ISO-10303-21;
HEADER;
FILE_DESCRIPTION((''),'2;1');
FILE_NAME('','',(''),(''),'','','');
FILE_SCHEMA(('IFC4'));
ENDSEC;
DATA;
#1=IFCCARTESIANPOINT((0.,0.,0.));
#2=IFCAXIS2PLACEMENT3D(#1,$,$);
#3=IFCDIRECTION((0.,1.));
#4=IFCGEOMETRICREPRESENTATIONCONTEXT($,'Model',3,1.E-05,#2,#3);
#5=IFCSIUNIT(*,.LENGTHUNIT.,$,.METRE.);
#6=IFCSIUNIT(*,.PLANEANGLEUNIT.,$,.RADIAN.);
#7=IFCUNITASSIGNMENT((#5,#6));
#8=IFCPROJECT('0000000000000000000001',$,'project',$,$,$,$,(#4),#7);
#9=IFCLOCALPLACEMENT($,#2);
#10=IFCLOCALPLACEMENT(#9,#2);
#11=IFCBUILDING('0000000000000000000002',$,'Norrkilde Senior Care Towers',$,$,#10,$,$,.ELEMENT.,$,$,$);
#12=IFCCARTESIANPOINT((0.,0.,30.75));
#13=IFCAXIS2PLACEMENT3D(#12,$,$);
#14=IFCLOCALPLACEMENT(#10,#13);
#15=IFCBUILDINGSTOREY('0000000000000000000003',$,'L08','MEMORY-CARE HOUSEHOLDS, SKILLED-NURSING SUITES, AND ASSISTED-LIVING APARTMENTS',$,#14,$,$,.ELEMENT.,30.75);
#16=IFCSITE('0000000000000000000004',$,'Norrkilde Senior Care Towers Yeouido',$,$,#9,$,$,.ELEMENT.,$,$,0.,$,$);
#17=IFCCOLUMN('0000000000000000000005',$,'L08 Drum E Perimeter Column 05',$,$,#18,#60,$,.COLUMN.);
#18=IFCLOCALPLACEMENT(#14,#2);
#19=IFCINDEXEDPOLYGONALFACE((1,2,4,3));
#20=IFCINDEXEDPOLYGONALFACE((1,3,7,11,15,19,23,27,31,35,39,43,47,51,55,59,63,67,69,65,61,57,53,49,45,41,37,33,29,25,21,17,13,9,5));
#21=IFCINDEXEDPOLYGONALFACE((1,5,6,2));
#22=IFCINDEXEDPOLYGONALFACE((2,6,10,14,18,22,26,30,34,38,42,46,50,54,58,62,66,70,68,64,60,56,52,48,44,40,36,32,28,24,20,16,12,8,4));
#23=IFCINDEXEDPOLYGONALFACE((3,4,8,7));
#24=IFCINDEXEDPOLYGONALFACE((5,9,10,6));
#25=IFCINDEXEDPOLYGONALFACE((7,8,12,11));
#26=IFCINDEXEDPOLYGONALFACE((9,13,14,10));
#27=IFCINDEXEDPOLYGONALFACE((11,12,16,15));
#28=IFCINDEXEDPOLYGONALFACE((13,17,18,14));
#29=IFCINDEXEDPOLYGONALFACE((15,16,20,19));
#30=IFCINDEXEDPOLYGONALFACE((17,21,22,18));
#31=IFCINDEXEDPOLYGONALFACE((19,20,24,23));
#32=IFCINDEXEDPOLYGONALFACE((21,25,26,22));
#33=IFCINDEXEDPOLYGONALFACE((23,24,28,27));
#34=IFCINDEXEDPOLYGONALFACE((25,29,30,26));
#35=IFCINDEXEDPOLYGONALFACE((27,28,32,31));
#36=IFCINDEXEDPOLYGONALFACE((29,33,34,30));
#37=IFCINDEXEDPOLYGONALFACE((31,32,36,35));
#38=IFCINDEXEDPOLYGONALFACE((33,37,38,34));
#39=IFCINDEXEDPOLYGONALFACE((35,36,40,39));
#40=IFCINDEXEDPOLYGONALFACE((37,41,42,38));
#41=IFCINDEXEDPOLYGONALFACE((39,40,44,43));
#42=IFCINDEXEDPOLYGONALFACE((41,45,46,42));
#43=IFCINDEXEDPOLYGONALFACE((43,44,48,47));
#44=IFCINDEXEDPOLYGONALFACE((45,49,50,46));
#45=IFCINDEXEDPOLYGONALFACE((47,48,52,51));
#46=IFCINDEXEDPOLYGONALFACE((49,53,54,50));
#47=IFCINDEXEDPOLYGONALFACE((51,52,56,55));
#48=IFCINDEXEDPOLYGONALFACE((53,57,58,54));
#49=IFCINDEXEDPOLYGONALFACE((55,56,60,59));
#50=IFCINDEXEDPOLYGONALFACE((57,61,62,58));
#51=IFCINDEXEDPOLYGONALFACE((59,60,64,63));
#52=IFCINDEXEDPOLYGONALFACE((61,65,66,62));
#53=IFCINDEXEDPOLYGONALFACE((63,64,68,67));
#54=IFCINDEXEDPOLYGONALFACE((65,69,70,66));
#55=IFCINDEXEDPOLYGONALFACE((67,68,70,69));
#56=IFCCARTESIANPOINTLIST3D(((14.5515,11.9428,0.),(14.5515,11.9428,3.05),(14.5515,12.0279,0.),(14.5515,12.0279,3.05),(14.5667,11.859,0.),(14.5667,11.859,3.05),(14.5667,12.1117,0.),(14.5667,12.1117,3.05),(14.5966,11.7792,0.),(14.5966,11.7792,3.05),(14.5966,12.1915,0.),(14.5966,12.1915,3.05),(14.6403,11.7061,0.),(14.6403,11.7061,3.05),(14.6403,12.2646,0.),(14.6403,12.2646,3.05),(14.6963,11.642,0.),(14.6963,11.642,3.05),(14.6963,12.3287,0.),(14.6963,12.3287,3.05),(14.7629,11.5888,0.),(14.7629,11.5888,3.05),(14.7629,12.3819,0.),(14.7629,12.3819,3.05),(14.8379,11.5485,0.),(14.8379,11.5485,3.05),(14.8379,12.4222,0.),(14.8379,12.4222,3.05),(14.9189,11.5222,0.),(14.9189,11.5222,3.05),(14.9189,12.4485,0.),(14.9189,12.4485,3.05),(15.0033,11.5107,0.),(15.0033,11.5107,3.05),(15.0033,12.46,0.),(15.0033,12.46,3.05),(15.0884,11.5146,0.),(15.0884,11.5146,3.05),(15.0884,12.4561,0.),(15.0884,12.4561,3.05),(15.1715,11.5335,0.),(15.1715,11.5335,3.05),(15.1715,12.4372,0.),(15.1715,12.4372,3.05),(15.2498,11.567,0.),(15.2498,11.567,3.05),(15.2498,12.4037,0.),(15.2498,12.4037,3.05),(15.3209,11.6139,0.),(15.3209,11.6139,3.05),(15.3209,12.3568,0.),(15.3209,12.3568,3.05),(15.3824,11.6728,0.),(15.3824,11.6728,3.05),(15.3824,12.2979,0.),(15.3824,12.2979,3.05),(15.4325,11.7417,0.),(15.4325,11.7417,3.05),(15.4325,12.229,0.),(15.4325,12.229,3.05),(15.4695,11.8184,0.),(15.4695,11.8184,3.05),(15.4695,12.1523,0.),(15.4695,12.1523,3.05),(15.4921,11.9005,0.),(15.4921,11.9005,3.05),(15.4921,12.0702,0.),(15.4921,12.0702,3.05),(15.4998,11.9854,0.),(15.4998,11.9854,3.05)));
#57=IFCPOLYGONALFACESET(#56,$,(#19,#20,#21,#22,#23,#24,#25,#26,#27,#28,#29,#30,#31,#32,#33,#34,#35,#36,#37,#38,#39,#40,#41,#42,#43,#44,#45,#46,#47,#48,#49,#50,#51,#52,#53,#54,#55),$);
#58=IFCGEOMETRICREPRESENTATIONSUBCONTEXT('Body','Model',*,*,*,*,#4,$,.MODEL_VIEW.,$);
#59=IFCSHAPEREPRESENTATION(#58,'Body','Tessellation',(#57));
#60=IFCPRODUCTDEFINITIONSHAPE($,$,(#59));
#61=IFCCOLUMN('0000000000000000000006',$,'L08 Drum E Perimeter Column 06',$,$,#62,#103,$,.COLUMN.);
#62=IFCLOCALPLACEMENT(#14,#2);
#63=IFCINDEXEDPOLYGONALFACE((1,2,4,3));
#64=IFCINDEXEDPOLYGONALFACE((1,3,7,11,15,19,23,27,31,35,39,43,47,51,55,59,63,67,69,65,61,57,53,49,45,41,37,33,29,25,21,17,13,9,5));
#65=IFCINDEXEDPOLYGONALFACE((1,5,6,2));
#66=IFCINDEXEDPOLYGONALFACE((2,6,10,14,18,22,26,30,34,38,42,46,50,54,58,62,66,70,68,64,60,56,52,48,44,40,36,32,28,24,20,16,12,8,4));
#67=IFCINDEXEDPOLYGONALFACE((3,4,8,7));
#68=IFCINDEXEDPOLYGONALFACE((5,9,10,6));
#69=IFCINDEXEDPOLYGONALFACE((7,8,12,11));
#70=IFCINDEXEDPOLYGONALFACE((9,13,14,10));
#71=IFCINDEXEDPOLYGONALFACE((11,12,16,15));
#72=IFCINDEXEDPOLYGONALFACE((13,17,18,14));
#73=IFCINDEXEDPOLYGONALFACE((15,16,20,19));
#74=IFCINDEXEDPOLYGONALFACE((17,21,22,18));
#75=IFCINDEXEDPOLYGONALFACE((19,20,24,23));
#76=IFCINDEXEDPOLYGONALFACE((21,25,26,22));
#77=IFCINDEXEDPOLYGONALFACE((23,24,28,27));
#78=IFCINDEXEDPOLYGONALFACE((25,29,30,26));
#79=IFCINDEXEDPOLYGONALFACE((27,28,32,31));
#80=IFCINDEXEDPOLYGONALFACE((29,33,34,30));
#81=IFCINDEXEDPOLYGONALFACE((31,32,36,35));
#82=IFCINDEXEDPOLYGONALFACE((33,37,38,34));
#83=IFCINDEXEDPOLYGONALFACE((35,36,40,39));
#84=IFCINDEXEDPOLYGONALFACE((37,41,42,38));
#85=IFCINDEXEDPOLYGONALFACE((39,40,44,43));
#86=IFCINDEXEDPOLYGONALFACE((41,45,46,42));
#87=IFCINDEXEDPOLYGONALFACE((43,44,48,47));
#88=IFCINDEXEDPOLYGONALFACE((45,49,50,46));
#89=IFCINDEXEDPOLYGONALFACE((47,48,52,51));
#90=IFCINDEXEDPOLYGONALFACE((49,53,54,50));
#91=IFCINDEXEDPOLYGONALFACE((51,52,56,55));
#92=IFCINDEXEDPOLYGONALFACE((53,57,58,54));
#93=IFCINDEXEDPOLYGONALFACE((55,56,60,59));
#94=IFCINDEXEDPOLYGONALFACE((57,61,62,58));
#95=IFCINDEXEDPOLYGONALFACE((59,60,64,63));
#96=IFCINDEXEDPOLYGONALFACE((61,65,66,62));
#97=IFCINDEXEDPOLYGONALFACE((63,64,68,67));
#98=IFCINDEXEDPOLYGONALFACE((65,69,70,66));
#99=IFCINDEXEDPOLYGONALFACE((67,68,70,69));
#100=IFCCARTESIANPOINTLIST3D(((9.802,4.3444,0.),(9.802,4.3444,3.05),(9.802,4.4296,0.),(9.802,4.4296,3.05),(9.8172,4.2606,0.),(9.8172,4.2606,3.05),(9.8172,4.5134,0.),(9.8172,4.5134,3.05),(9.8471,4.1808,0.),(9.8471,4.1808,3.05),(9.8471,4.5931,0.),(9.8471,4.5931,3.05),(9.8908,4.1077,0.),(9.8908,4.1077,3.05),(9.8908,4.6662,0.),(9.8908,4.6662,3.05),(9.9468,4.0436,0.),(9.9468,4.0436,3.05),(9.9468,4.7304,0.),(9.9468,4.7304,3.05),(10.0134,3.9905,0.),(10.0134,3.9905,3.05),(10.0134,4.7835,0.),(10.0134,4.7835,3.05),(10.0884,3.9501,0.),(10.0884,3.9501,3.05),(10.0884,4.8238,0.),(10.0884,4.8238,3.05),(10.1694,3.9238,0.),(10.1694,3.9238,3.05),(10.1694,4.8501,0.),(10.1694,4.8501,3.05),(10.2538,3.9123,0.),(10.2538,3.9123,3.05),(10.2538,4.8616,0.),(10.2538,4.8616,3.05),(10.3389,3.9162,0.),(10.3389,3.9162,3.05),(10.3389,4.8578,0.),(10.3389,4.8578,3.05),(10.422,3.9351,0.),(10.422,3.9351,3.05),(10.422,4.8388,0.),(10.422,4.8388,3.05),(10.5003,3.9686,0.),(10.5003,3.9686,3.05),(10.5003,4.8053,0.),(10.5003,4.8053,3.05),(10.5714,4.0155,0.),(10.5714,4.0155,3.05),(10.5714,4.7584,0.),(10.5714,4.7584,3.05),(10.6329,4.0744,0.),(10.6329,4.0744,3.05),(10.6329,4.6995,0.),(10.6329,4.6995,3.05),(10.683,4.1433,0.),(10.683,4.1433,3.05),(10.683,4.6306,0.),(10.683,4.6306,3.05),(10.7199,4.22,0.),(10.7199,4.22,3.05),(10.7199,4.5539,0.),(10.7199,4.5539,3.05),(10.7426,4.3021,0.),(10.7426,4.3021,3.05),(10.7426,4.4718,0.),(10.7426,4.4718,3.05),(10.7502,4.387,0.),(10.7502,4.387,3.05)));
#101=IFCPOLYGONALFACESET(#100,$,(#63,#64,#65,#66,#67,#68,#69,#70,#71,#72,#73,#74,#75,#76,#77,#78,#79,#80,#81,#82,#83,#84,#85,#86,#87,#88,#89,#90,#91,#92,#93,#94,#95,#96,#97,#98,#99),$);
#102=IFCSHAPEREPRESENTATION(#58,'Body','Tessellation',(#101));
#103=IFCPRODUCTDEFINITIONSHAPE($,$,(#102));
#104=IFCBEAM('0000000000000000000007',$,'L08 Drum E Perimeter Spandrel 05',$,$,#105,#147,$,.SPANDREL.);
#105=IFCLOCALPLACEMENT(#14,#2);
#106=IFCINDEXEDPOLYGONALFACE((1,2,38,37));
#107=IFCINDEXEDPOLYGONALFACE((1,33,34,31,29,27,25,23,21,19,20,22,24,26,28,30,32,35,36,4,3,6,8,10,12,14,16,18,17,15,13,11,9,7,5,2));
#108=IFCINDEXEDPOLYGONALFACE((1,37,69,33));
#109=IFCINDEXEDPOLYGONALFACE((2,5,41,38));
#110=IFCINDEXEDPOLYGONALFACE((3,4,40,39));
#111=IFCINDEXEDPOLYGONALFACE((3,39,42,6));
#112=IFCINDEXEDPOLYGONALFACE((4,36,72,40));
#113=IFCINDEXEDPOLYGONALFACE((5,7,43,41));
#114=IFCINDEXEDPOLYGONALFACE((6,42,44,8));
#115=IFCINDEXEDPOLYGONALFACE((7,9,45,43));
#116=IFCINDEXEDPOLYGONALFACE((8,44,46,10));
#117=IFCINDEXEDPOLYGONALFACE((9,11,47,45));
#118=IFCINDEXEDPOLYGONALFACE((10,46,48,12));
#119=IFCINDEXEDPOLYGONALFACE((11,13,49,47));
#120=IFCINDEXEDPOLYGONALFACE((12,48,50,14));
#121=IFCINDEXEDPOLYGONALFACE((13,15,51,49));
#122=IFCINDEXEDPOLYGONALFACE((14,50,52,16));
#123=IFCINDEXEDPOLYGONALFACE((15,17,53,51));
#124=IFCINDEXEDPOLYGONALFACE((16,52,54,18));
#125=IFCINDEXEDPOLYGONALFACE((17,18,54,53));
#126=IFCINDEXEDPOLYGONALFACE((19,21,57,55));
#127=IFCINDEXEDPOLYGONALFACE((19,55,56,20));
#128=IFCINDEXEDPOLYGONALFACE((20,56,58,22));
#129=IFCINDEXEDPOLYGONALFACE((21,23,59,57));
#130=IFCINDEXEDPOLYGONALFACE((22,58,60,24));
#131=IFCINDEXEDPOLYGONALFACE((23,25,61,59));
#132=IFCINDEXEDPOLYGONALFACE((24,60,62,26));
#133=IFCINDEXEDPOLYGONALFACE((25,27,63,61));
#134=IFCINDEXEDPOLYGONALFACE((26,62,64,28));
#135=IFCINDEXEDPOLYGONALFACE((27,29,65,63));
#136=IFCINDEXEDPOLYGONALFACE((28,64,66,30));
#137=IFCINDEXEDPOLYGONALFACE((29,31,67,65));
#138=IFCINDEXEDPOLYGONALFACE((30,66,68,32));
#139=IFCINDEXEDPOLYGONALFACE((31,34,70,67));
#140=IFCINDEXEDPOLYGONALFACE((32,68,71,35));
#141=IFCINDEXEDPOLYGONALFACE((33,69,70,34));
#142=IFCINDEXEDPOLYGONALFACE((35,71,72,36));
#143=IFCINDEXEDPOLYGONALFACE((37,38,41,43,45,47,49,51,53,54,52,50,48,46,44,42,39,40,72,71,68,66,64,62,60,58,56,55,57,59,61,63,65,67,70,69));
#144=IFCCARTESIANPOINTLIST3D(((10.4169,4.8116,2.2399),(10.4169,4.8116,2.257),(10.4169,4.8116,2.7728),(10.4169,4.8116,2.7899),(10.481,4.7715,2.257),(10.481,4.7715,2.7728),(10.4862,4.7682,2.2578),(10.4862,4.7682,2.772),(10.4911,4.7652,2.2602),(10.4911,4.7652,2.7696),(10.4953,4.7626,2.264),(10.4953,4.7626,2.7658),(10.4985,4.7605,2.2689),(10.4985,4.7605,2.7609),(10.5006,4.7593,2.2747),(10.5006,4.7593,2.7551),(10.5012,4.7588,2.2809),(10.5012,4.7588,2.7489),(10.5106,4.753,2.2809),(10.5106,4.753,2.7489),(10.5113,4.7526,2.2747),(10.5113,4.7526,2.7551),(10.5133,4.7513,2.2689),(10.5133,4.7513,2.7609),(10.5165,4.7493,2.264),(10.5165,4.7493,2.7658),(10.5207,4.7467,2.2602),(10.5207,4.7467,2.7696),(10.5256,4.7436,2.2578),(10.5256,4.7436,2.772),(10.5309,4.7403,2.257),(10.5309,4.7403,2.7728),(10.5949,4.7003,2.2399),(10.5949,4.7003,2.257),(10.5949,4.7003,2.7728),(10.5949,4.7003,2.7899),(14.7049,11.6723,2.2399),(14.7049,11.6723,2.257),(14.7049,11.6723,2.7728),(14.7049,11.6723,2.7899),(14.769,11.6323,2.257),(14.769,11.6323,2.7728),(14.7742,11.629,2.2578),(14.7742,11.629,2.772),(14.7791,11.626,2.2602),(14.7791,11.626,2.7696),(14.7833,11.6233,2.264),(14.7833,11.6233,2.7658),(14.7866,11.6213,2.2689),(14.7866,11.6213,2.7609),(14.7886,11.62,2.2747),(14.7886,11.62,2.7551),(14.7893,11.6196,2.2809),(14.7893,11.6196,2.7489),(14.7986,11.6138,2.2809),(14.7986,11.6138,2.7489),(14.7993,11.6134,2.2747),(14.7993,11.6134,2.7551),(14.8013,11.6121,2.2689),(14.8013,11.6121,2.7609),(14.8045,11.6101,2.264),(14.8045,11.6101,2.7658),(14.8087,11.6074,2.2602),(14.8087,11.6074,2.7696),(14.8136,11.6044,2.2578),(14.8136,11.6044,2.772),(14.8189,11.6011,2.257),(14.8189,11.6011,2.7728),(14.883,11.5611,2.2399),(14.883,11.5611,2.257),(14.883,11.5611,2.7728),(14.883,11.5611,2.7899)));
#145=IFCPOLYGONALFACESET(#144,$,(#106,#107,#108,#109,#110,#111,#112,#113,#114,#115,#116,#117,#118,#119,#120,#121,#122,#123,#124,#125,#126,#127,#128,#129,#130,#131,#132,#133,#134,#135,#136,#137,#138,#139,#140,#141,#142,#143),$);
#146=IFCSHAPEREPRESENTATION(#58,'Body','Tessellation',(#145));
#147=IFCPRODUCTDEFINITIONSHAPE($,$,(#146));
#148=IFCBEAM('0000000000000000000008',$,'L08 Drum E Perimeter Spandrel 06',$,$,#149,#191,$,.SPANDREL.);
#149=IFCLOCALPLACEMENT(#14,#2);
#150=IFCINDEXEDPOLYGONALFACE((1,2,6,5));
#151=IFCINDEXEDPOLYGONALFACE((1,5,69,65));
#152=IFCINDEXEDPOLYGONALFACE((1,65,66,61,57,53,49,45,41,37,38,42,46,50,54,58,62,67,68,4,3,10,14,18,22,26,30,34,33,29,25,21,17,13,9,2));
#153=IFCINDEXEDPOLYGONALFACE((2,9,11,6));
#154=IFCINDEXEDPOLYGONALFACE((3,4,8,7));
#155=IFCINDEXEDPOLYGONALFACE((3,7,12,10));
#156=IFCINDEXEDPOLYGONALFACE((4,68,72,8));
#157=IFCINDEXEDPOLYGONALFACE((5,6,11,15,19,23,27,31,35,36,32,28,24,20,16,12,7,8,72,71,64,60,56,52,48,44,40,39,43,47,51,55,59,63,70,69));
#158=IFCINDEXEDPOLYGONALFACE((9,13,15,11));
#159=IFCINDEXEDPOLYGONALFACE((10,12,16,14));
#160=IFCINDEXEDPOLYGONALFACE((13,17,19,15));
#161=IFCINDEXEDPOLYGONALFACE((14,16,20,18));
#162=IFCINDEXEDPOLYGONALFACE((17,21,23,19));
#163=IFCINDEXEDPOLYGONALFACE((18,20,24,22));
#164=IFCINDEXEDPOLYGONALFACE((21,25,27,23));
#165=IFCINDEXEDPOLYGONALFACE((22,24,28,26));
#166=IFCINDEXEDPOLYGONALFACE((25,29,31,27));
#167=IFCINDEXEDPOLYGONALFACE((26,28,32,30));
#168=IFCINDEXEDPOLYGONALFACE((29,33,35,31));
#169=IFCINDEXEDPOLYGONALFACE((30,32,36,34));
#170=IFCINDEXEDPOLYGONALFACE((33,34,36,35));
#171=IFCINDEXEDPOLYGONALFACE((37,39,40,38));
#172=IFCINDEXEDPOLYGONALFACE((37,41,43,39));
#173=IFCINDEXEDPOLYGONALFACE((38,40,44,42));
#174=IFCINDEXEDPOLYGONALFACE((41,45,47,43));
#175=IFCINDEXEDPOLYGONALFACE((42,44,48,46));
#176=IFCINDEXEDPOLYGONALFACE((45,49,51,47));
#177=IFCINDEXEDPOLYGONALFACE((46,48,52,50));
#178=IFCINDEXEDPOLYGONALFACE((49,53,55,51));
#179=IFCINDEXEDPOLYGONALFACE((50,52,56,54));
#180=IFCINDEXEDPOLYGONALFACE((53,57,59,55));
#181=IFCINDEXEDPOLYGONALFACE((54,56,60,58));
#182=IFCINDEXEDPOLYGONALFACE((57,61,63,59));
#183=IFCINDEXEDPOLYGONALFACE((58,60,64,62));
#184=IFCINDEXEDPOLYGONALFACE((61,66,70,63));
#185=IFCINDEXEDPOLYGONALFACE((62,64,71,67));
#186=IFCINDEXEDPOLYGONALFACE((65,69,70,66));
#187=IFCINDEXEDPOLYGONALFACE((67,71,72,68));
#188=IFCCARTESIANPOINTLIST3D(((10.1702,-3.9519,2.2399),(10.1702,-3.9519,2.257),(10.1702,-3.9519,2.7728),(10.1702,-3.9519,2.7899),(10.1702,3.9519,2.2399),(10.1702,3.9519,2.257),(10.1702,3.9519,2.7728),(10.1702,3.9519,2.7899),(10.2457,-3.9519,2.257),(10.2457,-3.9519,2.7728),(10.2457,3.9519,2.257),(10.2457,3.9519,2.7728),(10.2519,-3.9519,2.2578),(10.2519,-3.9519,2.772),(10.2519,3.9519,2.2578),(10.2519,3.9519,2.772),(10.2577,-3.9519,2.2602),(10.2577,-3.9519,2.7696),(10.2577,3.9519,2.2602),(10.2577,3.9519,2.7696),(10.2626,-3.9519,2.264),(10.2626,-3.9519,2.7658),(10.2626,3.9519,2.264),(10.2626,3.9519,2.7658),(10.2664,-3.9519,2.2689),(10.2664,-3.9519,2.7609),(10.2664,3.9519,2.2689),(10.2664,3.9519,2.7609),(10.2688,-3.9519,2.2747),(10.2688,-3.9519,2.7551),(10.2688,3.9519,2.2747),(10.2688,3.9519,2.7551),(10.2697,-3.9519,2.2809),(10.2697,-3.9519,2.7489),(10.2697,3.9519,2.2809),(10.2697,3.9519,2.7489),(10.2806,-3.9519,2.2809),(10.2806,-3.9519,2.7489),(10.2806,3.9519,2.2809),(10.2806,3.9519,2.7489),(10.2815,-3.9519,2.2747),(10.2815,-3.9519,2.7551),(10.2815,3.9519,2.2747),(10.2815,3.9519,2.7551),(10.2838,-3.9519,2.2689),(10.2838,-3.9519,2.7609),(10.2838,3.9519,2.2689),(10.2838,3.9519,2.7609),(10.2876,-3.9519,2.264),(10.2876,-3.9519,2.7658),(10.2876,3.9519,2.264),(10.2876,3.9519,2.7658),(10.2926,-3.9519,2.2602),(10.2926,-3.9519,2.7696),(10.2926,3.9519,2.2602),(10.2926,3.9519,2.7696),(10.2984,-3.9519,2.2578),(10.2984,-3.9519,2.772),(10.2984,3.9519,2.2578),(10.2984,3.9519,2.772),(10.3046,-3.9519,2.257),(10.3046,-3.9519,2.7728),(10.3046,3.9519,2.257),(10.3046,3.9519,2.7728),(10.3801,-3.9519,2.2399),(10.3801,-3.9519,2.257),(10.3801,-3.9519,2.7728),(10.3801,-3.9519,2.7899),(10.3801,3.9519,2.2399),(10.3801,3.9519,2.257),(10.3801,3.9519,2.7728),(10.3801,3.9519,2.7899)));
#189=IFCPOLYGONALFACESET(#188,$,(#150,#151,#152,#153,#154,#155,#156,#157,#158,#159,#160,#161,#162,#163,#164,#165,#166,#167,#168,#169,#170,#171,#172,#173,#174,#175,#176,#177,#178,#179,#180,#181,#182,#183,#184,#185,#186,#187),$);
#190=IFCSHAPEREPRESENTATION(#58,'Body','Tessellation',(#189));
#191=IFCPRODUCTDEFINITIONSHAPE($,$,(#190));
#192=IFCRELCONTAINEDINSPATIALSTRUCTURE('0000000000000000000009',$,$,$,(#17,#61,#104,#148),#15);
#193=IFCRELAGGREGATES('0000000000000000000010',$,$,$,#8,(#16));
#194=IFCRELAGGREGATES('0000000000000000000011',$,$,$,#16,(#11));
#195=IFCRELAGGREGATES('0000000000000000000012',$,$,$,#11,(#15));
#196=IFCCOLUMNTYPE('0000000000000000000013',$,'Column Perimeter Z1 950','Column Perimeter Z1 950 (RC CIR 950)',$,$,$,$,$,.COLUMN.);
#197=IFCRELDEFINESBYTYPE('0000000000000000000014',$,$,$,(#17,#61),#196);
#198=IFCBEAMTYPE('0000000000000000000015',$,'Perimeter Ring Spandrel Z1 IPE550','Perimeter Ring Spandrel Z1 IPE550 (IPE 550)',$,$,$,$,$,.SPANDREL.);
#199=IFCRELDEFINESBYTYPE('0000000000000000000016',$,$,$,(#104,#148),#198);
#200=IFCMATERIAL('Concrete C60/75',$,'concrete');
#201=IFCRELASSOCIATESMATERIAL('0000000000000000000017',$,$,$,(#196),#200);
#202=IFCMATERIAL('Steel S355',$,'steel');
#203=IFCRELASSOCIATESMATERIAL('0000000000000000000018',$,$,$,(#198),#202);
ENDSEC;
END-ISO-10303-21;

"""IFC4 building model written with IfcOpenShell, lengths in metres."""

from ifc_helpers import new_model, si_unit, direction, frame, origin, origin_2d, place, context, subcontext, project, spatial, circle, i_section, extrude, source, transform, mapped, material, material_profile, profile_set, type_object, type_shapes, element, save


model = new_model("IFC4")

# Units and contexts
model_context = context("Model", 3, precision=1e-05, world=origin(), true_north=direction((0.0, 1.0)))
body_context = subcontext(model_context, "Body", "Model", "MODEL_VIEW")
ifc_project = project(units=[si_unit("LENGTHUNIT", "METRE"), si_unit("PLANEANGLEUNIT", "RADIAN")], contexts=[model_context])

# Site, building, storey
site_placement = place(None, origin())
site = spatial("IfcSite", under=ifc_project, at=site_placement, Name="Norrkilde Senior Care Towers Yeouido", CompositionType="ELEMENT", RefElevation=0.0)
building_placement = place(site_placement, origin())
building = spatial("IfcBuilding", under=site, at=building_placement, Name="Norrkilde Senior Care Towers", CompositionType="ELEMENT")
storey_placement = place(building_placement, frame((0.0, 0.0, 30.75)))
storey = spatial("IfcBuildingStorey", under=building, at=storey_placement, Name="L08", Description="MEMORY-CARE HOUSEHOLDS, SKILLED-NURSING SUITES, AND ASSISTED-LIVING APARTMENTS", CompositionType="ELEMENT", Elevation=30.75)

# Columns
ifc_material_1 = material(Name="Concrete C60/75", Category="concrete")
ifc_material_profile_1 = material_profile(ifc_material_1, circle(Radius=0.4751, at=origin_2d()), Name="RC CIR 950")
ifc_profile_set_1 = profile_set([ifc_material_profile_1], Name="Concrete C60/75")
column_type = type_object("IfcColumnType", Name="Column Perimeter Z1 950", Description="Column Perimeter Z1 950 (RC CIR 950)", PredefinedType="COLUMN", material=ifc_profile_set_1)
shared_shape_1 = source(origin(), body_context, "Body", "SweptSolid", [
    extrude(circle(Radius=0.4751, at=origin_2d()), origin(), (0.0, 0.0, 1.0), 3.05),
])
type_shapes(column_type, [shared_shape_1])
for number, where, z_axis, x_axis, name in (
    (1, (15.0247, 11.9854, 0.0), (0.0, 0.0, 1.0), (1.0, 0.0, 0.0), "L08 Drum E Perimeter Column 05"),
    (2, (10.2751, 4.387, 0.0), (0.0, 0.0, 1.0), (1.0, 0.0, 0.0), "L08 Drum E Perimeter Column 06"),
):
    element("IfcColumn", number, at=place(storey_placement, frame(where, z_axis=z_axis, x_axis=x_axis)), inside=storey, type_object=column_type, Name=name, PredefinedType="COLUMN", context=body_context, shape_type="MappedRepresentation", body=[
        mapped(shared_shape_1, transform((0.0, 0.0, 0.0), x_axis=(1.0, 0.0, 0.0), y_axis=(0.0, 1.0, 0.0), z_axis=(0.0, 0.0, 1.0), scale=1.0)),
    ])

# Beams
ifc_material_2 = material(Name="Steel S355", Category="steel")
ifc_material_profile_2 = material_profile(ifc_material_2, i_section(OverallWidth=0.21, OverallDepth=0.55, WebThickness=0.011, FlangeThickness=0.0171, FilletRadius=0.0239, at=origin_2d()), Name="IPE 550")
ifc_profile_set_2 = profile_set([ifc_material_profile_2], Name="Steel S355")
beam_type = type_object("IfcBeamType", Name="Perimeter Ring Spandrel Z1 IPE550", Description="Perimeter Ring Spandrel Z1 IPE550 (IPE 550)", PredefinedType="SPANDREL", material=ifc_profile_set_2)
shared_shape_2 = source(origin(), body_context, "Body", "SweptSolid", [
    extrude(i_section(OverallWidth=0.21, OverallDepth=0.55, WebThickness=0.011, FlangeThickness=0.0171, FilletRadius=0.0239, at=origin_2d()), origin(), (0.0, 0.0, 1.0), 8.0906),
])
beam_1_placement = place(storey_placement, frame((14.7939, 11.6167, 2.5149), z_axis=(-0.530004, -0.847995, 0.0), x_axis=(0.847995, -0.530004, 0.0)))
element("IfcBeam", 3, at=beam_1_placement, inside=storey, type_object=beam_type, Name="L08 Drum E Perimeter Spandrel 05", PredefinedType="SPANDREL", context=body_context, shape_type="MappedRepresentation", body=[
    mapped(shared_shape_2, transform((0.0, 0.0, 0.0), x_axis=(1.0, 0.0, 0.0), y_axis=(0.0, 1.0, 0.0), z_axis=(0.0, 0.0, 1.0), scale=1.0)),
])
shared_shape_3 = source(origin(), body_context, "Body", "SweptSolid", [
    extrude(i_section(OverallWidth=0.21, OverallDepth=0.55, WebThickness=0.011, FlangeThickness=0.0171, FilletRadius=0.0239, at=origin_2d()), origin(), (0.0, 0.0, 1.0), 7.9038),
])
type_shapes(beam_type, [shared_shape_2, shared_shape_3])
beam_2_placement = place(storey_placement, frame((10.2751, 3.9519, 2.5149), z_axis=(0.0, -1.0, 0.0), x_axis=(1.0, 0.0, 0.0)))
element("IfcBeam", 4, at=beam_2_placement, inside=storey, type_object=beam_type, Name="L08 Drum E Perimeter Spandrel 06", PredefinedType="SPANDREL", context=body_context, shape_type="MappedRepresentation", body=[
    mapped(shared_shape_3, transform((0.0, 0.0, 0.0), x_axis=(1.0, 0.0, 0.0), y_axis=(0.0, 1.0, 0.0), z_axis=(0.0, 0.0, 1.0), scale=1.0)),
])

save(model, "model.ifc")
